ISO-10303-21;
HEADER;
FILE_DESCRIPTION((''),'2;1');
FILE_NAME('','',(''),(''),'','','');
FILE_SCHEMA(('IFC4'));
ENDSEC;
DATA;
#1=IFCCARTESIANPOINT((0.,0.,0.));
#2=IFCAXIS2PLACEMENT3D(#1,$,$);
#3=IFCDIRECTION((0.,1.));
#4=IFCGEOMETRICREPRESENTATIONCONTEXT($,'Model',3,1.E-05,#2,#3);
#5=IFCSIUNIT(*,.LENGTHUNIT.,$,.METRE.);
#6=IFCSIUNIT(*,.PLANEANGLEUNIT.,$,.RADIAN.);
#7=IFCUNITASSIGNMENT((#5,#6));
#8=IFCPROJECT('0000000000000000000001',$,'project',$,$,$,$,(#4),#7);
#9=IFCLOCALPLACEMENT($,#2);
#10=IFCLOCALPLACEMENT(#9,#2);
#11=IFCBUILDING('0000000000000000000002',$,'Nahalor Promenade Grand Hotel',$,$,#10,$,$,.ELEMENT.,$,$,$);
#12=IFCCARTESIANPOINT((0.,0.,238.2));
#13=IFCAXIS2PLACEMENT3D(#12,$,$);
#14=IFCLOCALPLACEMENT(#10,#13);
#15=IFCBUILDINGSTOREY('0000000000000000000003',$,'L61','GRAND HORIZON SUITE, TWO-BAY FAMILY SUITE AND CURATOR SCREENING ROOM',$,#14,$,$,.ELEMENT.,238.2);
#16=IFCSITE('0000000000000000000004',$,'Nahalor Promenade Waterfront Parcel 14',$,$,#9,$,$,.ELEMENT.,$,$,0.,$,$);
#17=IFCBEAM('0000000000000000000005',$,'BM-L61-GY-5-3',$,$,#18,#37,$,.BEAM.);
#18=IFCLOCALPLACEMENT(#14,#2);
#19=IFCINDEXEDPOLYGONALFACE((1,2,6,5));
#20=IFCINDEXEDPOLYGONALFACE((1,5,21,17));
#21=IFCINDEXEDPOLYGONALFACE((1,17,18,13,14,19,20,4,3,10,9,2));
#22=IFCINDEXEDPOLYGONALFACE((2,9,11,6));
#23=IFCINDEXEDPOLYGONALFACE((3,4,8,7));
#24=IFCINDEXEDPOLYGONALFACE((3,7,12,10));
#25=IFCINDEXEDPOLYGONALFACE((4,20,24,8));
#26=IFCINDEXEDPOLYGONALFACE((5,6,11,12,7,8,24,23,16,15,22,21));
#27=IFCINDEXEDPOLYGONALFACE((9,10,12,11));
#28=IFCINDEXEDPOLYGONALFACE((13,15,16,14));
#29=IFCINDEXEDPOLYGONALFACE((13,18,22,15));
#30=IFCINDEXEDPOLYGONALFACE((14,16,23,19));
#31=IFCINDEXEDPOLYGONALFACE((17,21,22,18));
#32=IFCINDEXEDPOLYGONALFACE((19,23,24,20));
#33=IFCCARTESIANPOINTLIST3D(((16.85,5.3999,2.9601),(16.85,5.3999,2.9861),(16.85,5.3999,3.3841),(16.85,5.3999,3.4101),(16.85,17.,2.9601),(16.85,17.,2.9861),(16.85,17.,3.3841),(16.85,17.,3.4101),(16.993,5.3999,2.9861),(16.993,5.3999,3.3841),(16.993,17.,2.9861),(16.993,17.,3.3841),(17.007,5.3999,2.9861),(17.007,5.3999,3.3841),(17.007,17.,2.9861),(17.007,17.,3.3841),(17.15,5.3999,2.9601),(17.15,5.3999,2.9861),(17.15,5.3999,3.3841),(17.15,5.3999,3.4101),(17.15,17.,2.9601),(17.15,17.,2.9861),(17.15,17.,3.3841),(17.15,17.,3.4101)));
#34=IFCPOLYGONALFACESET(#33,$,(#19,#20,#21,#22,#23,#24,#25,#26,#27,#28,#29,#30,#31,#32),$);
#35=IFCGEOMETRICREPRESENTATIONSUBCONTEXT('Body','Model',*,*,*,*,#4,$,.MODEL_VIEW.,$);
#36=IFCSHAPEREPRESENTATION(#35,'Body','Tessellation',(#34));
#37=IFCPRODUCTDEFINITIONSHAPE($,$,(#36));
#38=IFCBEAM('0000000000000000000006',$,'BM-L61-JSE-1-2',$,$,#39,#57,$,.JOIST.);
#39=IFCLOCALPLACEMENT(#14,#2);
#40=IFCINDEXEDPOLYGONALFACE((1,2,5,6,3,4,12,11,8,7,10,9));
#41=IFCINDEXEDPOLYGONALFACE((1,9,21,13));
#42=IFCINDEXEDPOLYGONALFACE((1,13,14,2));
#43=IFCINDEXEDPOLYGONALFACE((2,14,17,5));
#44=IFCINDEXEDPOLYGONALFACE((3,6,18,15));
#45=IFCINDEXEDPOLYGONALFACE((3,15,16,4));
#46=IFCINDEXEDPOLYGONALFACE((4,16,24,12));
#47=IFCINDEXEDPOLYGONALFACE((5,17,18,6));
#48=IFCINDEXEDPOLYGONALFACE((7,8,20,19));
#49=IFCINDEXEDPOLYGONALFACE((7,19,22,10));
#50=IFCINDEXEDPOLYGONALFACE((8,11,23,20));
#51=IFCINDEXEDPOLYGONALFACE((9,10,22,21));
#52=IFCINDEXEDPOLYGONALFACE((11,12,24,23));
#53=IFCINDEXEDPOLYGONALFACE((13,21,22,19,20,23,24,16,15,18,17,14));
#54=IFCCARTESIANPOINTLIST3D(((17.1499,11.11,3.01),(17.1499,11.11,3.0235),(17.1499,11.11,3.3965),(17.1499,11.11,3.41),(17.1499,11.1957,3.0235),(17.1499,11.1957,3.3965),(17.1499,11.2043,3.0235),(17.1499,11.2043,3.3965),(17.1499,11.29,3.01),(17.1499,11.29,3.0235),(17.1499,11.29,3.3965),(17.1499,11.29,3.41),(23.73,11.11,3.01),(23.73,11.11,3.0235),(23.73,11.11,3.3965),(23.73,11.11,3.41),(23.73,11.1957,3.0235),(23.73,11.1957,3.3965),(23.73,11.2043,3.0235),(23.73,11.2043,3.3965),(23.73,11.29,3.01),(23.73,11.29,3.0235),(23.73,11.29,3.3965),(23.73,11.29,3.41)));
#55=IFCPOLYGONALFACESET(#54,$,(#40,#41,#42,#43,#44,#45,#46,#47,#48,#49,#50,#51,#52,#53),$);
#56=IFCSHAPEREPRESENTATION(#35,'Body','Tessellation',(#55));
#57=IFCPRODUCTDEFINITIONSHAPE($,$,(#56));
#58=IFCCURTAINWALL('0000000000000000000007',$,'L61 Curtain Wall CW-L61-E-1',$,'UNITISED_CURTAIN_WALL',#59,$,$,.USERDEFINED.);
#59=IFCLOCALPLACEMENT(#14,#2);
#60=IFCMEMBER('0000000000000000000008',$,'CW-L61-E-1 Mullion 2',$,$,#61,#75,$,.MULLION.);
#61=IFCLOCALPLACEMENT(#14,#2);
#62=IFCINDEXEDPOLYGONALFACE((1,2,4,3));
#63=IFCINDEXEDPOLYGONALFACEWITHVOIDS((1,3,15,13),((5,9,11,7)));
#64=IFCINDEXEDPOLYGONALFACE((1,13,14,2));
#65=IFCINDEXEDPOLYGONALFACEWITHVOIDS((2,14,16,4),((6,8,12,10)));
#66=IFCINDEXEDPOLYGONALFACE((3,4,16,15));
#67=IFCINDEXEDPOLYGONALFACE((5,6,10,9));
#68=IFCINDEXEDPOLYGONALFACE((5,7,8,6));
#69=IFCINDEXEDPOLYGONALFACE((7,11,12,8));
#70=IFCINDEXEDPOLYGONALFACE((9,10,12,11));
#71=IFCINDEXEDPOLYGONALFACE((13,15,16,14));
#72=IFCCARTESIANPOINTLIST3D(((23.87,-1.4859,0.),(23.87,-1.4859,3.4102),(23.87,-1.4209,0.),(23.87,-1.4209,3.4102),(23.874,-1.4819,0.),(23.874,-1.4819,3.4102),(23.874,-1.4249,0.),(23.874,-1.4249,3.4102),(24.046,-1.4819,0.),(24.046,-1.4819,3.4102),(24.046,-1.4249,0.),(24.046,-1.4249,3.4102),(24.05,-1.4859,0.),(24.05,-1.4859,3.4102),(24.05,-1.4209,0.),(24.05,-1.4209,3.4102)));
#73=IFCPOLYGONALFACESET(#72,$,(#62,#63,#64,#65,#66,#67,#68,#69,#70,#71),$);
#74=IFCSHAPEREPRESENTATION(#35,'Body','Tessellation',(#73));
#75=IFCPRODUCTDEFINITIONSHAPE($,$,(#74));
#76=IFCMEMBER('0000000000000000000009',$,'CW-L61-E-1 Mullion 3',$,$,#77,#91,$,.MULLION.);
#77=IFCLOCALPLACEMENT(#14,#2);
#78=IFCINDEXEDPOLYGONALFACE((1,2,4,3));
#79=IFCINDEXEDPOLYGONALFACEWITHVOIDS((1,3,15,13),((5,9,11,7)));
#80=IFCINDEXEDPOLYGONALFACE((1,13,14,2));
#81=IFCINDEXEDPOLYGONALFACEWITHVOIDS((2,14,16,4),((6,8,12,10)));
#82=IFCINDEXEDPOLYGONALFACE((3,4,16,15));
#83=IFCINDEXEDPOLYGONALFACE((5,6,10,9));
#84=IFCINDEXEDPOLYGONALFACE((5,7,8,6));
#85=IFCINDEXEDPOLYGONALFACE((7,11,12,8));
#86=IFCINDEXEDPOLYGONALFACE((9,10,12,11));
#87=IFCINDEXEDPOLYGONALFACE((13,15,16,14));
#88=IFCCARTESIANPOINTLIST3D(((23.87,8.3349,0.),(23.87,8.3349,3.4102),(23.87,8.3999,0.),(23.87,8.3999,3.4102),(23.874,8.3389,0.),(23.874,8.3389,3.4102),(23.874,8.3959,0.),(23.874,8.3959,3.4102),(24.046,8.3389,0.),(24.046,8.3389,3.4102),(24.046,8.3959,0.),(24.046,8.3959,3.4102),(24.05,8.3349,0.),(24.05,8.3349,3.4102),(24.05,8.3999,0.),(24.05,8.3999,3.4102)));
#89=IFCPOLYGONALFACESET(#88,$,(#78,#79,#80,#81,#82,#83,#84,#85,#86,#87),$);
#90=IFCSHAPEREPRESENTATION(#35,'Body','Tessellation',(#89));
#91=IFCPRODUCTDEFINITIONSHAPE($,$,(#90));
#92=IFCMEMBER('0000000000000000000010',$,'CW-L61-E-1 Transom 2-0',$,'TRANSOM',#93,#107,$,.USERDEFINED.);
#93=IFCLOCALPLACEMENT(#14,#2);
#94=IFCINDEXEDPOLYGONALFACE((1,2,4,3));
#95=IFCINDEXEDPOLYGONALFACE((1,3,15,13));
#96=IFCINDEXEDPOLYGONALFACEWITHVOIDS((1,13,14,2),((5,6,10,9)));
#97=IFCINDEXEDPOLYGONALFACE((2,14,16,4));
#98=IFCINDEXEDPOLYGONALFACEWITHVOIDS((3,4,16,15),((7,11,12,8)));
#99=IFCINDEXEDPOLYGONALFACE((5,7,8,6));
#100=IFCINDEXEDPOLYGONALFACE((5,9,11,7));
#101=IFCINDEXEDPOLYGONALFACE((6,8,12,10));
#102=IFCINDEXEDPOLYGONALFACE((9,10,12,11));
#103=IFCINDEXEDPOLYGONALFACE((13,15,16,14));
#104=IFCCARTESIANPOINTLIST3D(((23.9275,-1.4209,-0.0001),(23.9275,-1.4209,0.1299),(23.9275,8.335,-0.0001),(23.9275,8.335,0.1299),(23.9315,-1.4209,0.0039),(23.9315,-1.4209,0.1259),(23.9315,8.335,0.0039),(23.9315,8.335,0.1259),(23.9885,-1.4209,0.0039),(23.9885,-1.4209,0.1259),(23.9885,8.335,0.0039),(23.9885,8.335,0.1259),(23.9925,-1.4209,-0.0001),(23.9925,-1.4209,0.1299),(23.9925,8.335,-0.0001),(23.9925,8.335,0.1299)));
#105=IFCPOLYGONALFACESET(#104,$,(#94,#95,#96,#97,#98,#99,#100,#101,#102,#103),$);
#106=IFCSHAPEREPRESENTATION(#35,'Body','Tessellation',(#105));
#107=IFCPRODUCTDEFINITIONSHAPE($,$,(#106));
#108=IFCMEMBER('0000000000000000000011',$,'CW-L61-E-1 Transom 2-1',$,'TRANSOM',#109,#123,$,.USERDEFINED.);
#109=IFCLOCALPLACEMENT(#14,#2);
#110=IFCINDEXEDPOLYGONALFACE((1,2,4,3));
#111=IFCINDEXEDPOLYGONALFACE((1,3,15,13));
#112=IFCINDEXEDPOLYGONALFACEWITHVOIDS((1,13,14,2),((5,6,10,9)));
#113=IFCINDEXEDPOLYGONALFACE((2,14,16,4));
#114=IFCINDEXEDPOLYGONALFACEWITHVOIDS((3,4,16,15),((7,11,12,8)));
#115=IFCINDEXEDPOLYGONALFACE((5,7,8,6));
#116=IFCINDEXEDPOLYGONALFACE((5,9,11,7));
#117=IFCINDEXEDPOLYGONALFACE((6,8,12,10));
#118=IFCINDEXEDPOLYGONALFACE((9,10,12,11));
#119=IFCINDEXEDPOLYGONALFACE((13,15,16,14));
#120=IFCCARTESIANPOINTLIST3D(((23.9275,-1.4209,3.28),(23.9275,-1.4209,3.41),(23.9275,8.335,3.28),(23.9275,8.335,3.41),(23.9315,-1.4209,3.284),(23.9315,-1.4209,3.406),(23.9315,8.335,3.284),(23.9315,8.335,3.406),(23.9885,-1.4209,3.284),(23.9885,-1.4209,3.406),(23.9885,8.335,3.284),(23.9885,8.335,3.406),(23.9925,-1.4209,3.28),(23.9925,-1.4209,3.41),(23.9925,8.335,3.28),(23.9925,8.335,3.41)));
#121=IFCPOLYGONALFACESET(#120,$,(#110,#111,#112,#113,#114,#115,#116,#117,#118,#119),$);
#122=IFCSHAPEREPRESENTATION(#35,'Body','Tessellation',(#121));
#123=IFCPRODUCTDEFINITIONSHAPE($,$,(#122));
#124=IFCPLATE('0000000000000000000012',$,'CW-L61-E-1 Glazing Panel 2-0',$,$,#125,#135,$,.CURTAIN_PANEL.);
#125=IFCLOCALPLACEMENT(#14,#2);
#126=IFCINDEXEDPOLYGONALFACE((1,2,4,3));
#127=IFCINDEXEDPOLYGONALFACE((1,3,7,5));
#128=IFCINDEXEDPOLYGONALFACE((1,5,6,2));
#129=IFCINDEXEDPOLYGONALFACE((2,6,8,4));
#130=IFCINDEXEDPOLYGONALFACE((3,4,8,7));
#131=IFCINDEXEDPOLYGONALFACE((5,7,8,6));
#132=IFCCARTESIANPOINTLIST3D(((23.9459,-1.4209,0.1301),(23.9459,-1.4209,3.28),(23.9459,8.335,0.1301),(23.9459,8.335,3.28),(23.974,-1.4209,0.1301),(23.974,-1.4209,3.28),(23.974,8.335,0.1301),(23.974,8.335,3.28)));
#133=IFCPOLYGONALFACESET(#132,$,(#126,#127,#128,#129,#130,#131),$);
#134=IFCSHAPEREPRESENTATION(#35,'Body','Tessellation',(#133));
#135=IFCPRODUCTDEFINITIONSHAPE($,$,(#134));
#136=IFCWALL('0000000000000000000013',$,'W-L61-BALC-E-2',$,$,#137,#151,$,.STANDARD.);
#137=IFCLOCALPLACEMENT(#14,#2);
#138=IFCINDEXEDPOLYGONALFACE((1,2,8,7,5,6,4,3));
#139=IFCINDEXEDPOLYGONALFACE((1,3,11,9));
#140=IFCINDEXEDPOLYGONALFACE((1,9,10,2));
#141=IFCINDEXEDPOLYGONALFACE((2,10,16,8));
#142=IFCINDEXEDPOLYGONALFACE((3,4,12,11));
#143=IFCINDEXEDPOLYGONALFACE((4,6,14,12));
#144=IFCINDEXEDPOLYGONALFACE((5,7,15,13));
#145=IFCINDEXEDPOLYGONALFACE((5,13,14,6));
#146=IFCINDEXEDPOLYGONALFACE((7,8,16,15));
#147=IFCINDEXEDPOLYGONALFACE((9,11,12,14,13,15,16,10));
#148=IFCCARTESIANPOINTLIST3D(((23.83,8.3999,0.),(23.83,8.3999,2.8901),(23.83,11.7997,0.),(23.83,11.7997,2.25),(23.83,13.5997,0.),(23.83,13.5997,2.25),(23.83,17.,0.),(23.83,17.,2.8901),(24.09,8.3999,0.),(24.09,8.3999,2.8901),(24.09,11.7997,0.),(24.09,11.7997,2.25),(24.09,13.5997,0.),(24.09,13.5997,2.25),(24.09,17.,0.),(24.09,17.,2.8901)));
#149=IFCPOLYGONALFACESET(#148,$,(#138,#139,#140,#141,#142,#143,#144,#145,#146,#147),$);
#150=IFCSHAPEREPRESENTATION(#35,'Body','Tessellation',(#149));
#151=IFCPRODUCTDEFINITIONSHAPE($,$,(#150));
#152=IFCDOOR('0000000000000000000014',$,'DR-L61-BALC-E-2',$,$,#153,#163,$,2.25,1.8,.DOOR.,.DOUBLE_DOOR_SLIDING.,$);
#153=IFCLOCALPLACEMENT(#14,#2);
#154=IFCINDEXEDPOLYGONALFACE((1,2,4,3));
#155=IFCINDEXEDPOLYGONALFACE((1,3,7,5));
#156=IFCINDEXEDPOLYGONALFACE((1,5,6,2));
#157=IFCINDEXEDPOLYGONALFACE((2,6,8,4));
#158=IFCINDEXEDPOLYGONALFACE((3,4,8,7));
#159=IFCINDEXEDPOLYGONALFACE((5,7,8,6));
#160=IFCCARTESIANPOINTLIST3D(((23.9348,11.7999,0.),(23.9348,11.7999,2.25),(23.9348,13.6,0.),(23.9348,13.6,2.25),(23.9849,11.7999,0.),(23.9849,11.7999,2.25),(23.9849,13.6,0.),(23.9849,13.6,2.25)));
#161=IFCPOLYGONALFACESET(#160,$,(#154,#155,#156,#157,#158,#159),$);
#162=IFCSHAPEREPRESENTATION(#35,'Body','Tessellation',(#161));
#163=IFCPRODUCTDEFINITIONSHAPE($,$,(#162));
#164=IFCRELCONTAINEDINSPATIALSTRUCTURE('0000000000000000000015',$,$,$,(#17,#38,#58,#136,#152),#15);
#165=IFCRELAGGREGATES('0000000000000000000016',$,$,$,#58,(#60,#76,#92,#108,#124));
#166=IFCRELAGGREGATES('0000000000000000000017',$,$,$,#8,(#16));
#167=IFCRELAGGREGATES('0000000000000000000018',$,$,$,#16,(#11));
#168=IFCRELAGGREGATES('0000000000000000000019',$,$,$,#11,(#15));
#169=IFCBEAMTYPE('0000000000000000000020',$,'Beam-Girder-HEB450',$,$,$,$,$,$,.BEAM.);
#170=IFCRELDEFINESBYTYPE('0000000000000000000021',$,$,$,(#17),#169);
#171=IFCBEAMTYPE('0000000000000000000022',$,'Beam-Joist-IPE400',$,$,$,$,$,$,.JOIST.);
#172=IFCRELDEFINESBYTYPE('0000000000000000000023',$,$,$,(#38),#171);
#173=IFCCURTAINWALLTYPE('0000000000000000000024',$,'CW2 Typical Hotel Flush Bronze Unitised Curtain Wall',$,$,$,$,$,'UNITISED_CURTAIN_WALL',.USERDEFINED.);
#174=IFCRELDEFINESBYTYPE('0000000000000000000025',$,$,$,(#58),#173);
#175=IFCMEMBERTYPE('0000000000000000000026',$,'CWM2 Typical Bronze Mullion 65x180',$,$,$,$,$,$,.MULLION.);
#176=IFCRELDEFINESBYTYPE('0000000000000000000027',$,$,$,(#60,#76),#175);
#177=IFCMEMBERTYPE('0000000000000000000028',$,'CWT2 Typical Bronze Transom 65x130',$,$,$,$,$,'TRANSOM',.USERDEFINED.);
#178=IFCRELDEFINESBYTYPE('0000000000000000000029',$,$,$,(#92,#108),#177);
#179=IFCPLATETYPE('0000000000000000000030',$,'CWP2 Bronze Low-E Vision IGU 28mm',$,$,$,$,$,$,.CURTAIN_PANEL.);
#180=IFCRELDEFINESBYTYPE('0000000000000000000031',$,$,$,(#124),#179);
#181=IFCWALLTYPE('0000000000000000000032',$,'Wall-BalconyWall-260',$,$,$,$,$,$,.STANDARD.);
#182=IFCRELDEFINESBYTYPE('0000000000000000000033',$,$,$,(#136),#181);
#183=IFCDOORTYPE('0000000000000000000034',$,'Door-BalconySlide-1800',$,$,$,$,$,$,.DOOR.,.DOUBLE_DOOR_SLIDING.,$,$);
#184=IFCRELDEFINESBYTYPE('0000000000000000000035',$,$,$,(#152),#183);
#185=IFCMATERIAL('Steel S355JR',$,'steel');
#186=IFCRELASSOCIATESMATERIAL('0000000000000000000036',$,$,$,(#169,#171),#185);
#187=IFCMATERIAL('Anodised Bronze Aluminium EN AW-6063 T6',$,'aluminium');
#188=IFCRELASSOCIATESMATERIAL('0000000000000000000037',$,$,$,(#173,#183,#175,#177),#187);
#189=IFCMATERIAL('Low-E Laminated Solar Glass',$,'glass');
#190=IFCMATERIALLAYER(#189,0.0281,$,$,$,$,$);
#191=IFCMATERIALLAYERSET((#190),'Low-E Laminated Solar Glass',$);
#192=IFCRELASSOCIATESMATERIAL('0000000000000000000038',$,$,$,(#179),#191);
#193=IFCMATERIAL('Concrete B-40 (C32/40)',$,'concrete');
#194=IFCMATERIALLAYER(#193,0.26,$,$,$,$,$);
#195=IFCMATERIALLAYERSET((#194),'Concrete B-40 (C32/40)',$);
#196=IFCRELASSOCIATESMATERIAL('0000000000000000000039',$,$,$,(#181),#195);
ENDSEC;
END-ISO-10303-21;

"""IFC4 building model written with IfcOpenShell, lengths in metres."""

from ifc_helpers import new_model, si_unit, direction, frame, frame_2d, origin, origin_2d, place, context, subcontext, project, spatial, rectangle, hollow_rectangle, i_section, extrude, source, transform, mapped, material, layer, layer_set, material_profile, profile_set, type_object, element, fill, aggregate, save


model = new_model("IFC4")

# Units and contexts
model_context = context("Model", 3, precision=1e-05, world=origin(), true_north=direction((0.0, 1.0)))
body_context = subcontext(model_context, "Body", "Model", "MODEL_VIEW")
ifc_project = project(units=[si_unit("LENGTHUNIT", "METRE"), si_unit("PLANEANGLEUNIT", "RADIAN")], contexts=[model_context])

# Site, building, storey
site_placement = place(None, origin())
site = spatial("IfcSite", under=ifc_project, at=site_placement, Name="Nahalor Promenade Waterfront Parcel 14", CompositionType="ELEMENT", RefElevation=0.0)
building_placement = place(site_placement, origin())
building = spatial("IfcBuilding", under=site, at=building_placement, Name="Nahalor Promenade Grand Hotel", CompositionType="ELEMENT")
storey_placement = place(building_placement, frame((0.0, 0.0, 238.2)))
storey = spatial("IfcBuildingStorey", under=building, at=storey_placement, Name="L61", Description="GRAND HORIZON SUITE, TWO-BAY FAMILY SUITE AND CURATOR SCREENING ROOM", CompositionType="ELEMENT", Elevation=238.2)

# Shared definitions
ifc_material_1 = material(Name="Steel S355JR", Category="steel")

# Beams
ifc_material_profile_1 = material_profile(ifc_material_1, i_section(OverallWidth=0.3, OverallDepth=0.45, WebThickness=0.014, FlangeThickness=0.026, at=origin_2d()), Name="HEB 450")
ifc_profile_set_1 = profile_set([ifc_material_profile_1], Name="Steel S355JR")
beam_type_1 = type_object("IfcBeamType", Name="Beam-Girder-HEB450", PredefinedType="BEAM", material=ifc_profile_set_1)
shared_shape_1 = source(origin(), body_context, "Body", "SweptSolid", [
    extrude(i_section(OverallWidth=0.3, OverallDepth=0.45, WebThickness=0.014, FlangeThickness=0.026, at=origin_2d()), origin(), (0.0, 0.0, 1.0), 11.6001),
])
beam_1_placement = place(storey_placement, frame((17.0, 5.3999, 3.1851), z_axis=(0.0, 1.0, 0.0), x_axis=(-1.0, 0.0, 0.0)))
element("IfcBeam", 1, at=beam_1_placement, inside=storey, type_object=beam_type_1, Name="BM-L61-GY-5-3", PredefinedType="BEAM", context=body_context, shape_type="MappedRepresentation", body=[
    mapped(shared_shape_1, transform((0.0, 0.0, 0.0), scale=1.0)),
])
ifc_material_profile_2 = material_profile(ifc_material_1, i_section(OverallWidth=0.18, OverallDepth=0.4, WebThickness=0.0086, FlangeThickness=0.0135, at=origin_2d()), Name="IPE 400")
ifc_profile_set_2 = profile_set([ifc_material_profile_2], Name="Steel S355JR")
beam_type_2 = type_object("IfcBeamType", Name="Beam-Joist-IPE400", PredefinedType="JOIST", material=ifc_profile_set_2)
shared_shape_2 = source(origin(), body_context, "Body", "SweptSolid", [
    extrude(i_section(OverallWidth=0.18, OverallDepth=0.4, WebThickness=0.0086, FlangeThickness=0.0135, at=origin_2d()), origin(), (0.0, 0.0, 1.0), 6.5801),
])
beam_2_placement = place(storey_placement, frame((17.1499, 11.2, 3.21), z_axis=(1.0, 0.0, 0.0), x_axis=(0.0, 1.0, 0.0)))
element("IfcBeam", 2, at=beam_2_placement, inside=storey, type_object=beam_type_2, Name="BM-L61-JSE-1-2", PredefinedType="JOIST", context=body_context, shape_type="MappedRepresentation", body=[
    mapped(shared_shape_2, transform((0.0, 0.0, 0.0), scale=1.0)),
])

# Curtain wall, members, plate
ifc_material_2 = material(Name="Anodised Bronze Aluminium EN AW-6063 T6", Category="aluminium")
curtain_wall_type = type_object("IfcCurtainWallType", Name="CW2 Typical Hotel Flush Bronze Unitised Curtain Wall", ElementType="UNITISED_CURTAIN_WALL", PredefinedType="USERDEFINED", material=ifc_material_2)
curtain_wall_placement = place(storey_placement, origin())
curtain_wall = element("IfcCurtainWall", 3, at=curtain_wall_placement, inside=storey, type_object=curtain_wall_type, Name="L61 Curtain Wall CW-L61-E-1", ObjectType="UNITISED_CURTAIN_WALL", PredefinedType="USERDEFINED")
ifc_material_profile_3 = material_profile(ifc_material_2, hollow_rectangle(XDim=0.065, YDim=0.18, WallThickness=0.004, at=origin_2d()), Name="CWM 65x180x4")
ifc_profile_set_3 = profile_set([ifc_material_profile_3], Name="Anodised Bronze Aluminium EN AW-6063 T6")
member_type_1 = type_object("IfcMemberType", Name="CWM2 Typical Bronze Mullion 65x180", PredefinedType="MULLION", material=ifc_profile_set_3)
shared_shape_3 = source(origin(), body_context, "Body", "SweptSolid", [
    extrude(hollow_rectangle(XDim=0.065, YDim=0.18, WallThickness=0.004, at=origin_2d()), origin(), (0.0, 0.0, 1.0), 3.4102),
])
member_1_placement = place(storey_placement, frame((23.96, -1.4534, 0.0), z_axis=(0.0, 0.0, 1.0), x_axis=(0.0, 1.0, 0.0)))
member_1 = element("IfcMember", 4, at=member_1_placement, type_object=member_type_1, Name="CW-L61-E-1 Mullion 2", PredefinedType="MULLION", context=body_context, shape_type="MappedRepresentation", body=[
    mapped(shared_shape_3, transform((0.0, 0.0, 0.0), scale=1.0)),
])
member_2_placement = place(storey_placement, frame((23.96, 8.3674, 0.0), z_axis=(0.0, 0.0, 1.0), x_axis=(0.0, 1.0, 0.0)))
member_2 = element("IfcMember", 5, at=member_2_placement, type_object=member_type_1, Name="CW-L61-E-1 Mullion 3", PredefinedType="MULLION", context=body_context, shape_type="MappedRepresentation", body=[
    mapped(shared_shape_3, transform((0.0, 0.0, 0.0), scale=1.0)),
])
ifc_material_profile_4 = material_profile(ifc_material_2, hollow_rectangle(XDim=0.065, YDim=0.13, WallThickness=0.004, at=origin_2d()), Name="CWT 65x130x4")
ifc_profile_set_4 = profile_set([ifc_material_profile_4], Name="Anodised Bronze Aluminium EN AW-6063 T6")
member_type_2 = type_object("IfcMemberType", Name="CWT2 Typical Bronze Transom 65x130", ElementType="TRANSOM", PredefinedType="USERDEFINED", material=ifc_profile_set_4)
shared_shape_4 = source(origin(), body_context, "Body", "SweptSolid", [
    extrude(hollow_rectangle(XDim=0.065, YDim=0.13, WallThickness=0.004, at=origin_2d()), origin(), (0.0, 0.0, 1.0), 9.7559),
])
member_3_placement = place(storey_placement, frame((23.96, -1.4209, 0.0649), z_axis=(0.0, 1.0, 0.0), x_axis=(-1.0, 0.0, 0.0)))
member_3 = element("IfcMember", 6, at=member_3_placement, type_object=member_type_2, Name="CW-L61-E-1 Transom 2-0", ObjectType="TRANSOM", PredefinedType="USERDEFINED", context=body_context, shape_type="MappedRepresentation", body=[
    mapped(shared_shape_4, transform((0.0, 0.0, 0.0), scale=1.0)),
])
member_4_placement = place(storey_placement, frame((23.96, -1.4209, 3.345), z_axis=(0.0, 1.0, 0.0), x_axis=(-1.0, 0.0, 0.0)))
member_4 = element("IfcMember", 7, at=member_4_placement, type_object=member_type_2, Name="CW-L61-E-1 Transom 2-1", ObjectType="TRANSOM", PredefinedType="USERDEFINED", context=body_context, shape_type="MappedRepresentation", body=[
    mapped(shared_shape_4, transform((0.0, 0.0, 0.0), scale=1.0)),
])
ifc_material_3 = material(Name="Low-E Laminated Solar Glass", Category="glass")
ifc_layer_1 = layer(ifc_material_3, 0.0281)
ifc_layer_set_1 = layer_set([ifc_layer_1], Name="Low-E Laminated Solar Glass")
plate_type = type_object("IfcPlateType", Name="CWP2 Bronze Low-E Vision IGU 28mm", PredefinedType="CURTAIN_PANEL", material=ifc_layer_set_1)
shared_shape_5 = source(origin(), body_context, "Body", "SweptSolid", [
    extrude(rectangle(XDim=9.7559, YDim=0.0281, at=origin_2d()), origin(), (0.0, 0.0, 1.0), 3.1499),
])
plate_placement = place(storey_placement, frame((23.96, 3.457, 0.1301), z_axis=(0.0, 0.0, 1.0), x_axis=(0.0, 1.0, 0.0)))
plate = element("IfcPlate", 8, at=plate_placement, type_object=plate_type, Name="CW-L61-E-1 Glazing Panel 2-0", PredefinedType="CURTAIN_PANEL", context=body_context, shape_type="MappedRepresentation", body=[
    mapped(shared_shape_5, transform((0.0, 0.0, 0.0), scale=1.0)),
])
aggregate(curtain_wall, [member_1, member_2, member_3, member_4, plate])

# Wall, opening, door
ifc_material_4 = material(Name="Concrete B-40 (C32/40)", Category="concrete")
ifc_layer_2 = layer(ifc_material_4, 0.26)
ifc_layer_set_2 = layer_set([ifc_layer_2], Name="Concrete B-40 (C32/40)")
wall_type_1 = type_object("IfcWallType", Name="Wall-BalconyWall-260", PredefinedType="STANDARD", material=ifc_layer_set_2)
shared_shape_6 = source(origin(), body_context, "Body", "SweptSolid", [
    extrude(rectangle(XDim=8.6001, YDim=0.26, at=frame_2d((4.3, 0.0))), origin(), (0.0, 0.0, 1.0), 2.8901),
])
wall_1_placement = place(storey_placement, frame((23.96, 8.3999, 0.0), z_axis=(0.0, 0.0, 1.0), x_axis=(0.0, 1.0, 0.0)))
wall_1 = element("IfcWall", 9, at=wall_1_placement, inside=storey, type_object=wall_type_1, Name="W-L61-BALC-E-2", PredefinedType="STANDARD", context=body_context, shape_type="MappedRepresentation", body=[
    mapped(shared_shape_6, transform((0.0, 0.0, 0.0), scale=1.0)),
])
opening_1_placement = place(wall_1_placement, frame((3.3999, 0.0, 0.0)))
opening_1 = element("IfcOpeningElement", 10, at=opening_1_placement, cuts=wall_1, PredefinedType="OPENING", context=body_context, shape_type="SweptSolid", body=[
    extrude(rectangle(XDim=1.8, YDim=2.25, at=frame_2d((0.8999, 1.125))), frame((0.0, 0.1399, 0.0), z_axis=(0.0, -1.0, 0.0), x_axis=(1.0, 0.0, 0.0)), (0.0, 0.0, 1.0), 0.28),
])
door_type_1 = type_object("IfcDoorType", Name="Door-BalconySlide-1800", OperationType="DOUBLE_DOOR_SLIDING", PredefinedType="DOOR", material=ifc_material_2)
shared_shape_7 = source(origin(), body_context, "Body", "SweptSolid", [
    extrude(rectangle(XDim=1.8, YDim=2.25, at=frame_2d((0.8999, 1.125))), frame((0.0, 0.0249, 0.0), z_axis=(0.0, -1.0, 0.0), x_axis=(1.0, 0.0, 0.0)), (0.0, 0.0, 1.0), 0.05),
])
door_1_placement = place(opening_1_placement, frame((1.8, 0.0, 0.0), z_axis=(0.0, 0.0, 1.0), x_axis=(-1.0, 0.0, 0.0)))
door_1 = element("IfcDoor", 11, at=door_1_placement, inside=storey, type_object=door_type_1, Name="DR-L61-BALC-E-2", OperationType="DOUBLE_DOOR_SLIDING", OverallHeight=2.25, OverallWidth=1.8, PredefinedType="DOOR", context=body_context, shape_type="MappedRepresentation", body=[
    mapped(shared_shape_7, transform((0.0, 0.0, 0.0), scale=1.0)),
])
fill(opening_1, door_1)

save(model, "model.ifc")
